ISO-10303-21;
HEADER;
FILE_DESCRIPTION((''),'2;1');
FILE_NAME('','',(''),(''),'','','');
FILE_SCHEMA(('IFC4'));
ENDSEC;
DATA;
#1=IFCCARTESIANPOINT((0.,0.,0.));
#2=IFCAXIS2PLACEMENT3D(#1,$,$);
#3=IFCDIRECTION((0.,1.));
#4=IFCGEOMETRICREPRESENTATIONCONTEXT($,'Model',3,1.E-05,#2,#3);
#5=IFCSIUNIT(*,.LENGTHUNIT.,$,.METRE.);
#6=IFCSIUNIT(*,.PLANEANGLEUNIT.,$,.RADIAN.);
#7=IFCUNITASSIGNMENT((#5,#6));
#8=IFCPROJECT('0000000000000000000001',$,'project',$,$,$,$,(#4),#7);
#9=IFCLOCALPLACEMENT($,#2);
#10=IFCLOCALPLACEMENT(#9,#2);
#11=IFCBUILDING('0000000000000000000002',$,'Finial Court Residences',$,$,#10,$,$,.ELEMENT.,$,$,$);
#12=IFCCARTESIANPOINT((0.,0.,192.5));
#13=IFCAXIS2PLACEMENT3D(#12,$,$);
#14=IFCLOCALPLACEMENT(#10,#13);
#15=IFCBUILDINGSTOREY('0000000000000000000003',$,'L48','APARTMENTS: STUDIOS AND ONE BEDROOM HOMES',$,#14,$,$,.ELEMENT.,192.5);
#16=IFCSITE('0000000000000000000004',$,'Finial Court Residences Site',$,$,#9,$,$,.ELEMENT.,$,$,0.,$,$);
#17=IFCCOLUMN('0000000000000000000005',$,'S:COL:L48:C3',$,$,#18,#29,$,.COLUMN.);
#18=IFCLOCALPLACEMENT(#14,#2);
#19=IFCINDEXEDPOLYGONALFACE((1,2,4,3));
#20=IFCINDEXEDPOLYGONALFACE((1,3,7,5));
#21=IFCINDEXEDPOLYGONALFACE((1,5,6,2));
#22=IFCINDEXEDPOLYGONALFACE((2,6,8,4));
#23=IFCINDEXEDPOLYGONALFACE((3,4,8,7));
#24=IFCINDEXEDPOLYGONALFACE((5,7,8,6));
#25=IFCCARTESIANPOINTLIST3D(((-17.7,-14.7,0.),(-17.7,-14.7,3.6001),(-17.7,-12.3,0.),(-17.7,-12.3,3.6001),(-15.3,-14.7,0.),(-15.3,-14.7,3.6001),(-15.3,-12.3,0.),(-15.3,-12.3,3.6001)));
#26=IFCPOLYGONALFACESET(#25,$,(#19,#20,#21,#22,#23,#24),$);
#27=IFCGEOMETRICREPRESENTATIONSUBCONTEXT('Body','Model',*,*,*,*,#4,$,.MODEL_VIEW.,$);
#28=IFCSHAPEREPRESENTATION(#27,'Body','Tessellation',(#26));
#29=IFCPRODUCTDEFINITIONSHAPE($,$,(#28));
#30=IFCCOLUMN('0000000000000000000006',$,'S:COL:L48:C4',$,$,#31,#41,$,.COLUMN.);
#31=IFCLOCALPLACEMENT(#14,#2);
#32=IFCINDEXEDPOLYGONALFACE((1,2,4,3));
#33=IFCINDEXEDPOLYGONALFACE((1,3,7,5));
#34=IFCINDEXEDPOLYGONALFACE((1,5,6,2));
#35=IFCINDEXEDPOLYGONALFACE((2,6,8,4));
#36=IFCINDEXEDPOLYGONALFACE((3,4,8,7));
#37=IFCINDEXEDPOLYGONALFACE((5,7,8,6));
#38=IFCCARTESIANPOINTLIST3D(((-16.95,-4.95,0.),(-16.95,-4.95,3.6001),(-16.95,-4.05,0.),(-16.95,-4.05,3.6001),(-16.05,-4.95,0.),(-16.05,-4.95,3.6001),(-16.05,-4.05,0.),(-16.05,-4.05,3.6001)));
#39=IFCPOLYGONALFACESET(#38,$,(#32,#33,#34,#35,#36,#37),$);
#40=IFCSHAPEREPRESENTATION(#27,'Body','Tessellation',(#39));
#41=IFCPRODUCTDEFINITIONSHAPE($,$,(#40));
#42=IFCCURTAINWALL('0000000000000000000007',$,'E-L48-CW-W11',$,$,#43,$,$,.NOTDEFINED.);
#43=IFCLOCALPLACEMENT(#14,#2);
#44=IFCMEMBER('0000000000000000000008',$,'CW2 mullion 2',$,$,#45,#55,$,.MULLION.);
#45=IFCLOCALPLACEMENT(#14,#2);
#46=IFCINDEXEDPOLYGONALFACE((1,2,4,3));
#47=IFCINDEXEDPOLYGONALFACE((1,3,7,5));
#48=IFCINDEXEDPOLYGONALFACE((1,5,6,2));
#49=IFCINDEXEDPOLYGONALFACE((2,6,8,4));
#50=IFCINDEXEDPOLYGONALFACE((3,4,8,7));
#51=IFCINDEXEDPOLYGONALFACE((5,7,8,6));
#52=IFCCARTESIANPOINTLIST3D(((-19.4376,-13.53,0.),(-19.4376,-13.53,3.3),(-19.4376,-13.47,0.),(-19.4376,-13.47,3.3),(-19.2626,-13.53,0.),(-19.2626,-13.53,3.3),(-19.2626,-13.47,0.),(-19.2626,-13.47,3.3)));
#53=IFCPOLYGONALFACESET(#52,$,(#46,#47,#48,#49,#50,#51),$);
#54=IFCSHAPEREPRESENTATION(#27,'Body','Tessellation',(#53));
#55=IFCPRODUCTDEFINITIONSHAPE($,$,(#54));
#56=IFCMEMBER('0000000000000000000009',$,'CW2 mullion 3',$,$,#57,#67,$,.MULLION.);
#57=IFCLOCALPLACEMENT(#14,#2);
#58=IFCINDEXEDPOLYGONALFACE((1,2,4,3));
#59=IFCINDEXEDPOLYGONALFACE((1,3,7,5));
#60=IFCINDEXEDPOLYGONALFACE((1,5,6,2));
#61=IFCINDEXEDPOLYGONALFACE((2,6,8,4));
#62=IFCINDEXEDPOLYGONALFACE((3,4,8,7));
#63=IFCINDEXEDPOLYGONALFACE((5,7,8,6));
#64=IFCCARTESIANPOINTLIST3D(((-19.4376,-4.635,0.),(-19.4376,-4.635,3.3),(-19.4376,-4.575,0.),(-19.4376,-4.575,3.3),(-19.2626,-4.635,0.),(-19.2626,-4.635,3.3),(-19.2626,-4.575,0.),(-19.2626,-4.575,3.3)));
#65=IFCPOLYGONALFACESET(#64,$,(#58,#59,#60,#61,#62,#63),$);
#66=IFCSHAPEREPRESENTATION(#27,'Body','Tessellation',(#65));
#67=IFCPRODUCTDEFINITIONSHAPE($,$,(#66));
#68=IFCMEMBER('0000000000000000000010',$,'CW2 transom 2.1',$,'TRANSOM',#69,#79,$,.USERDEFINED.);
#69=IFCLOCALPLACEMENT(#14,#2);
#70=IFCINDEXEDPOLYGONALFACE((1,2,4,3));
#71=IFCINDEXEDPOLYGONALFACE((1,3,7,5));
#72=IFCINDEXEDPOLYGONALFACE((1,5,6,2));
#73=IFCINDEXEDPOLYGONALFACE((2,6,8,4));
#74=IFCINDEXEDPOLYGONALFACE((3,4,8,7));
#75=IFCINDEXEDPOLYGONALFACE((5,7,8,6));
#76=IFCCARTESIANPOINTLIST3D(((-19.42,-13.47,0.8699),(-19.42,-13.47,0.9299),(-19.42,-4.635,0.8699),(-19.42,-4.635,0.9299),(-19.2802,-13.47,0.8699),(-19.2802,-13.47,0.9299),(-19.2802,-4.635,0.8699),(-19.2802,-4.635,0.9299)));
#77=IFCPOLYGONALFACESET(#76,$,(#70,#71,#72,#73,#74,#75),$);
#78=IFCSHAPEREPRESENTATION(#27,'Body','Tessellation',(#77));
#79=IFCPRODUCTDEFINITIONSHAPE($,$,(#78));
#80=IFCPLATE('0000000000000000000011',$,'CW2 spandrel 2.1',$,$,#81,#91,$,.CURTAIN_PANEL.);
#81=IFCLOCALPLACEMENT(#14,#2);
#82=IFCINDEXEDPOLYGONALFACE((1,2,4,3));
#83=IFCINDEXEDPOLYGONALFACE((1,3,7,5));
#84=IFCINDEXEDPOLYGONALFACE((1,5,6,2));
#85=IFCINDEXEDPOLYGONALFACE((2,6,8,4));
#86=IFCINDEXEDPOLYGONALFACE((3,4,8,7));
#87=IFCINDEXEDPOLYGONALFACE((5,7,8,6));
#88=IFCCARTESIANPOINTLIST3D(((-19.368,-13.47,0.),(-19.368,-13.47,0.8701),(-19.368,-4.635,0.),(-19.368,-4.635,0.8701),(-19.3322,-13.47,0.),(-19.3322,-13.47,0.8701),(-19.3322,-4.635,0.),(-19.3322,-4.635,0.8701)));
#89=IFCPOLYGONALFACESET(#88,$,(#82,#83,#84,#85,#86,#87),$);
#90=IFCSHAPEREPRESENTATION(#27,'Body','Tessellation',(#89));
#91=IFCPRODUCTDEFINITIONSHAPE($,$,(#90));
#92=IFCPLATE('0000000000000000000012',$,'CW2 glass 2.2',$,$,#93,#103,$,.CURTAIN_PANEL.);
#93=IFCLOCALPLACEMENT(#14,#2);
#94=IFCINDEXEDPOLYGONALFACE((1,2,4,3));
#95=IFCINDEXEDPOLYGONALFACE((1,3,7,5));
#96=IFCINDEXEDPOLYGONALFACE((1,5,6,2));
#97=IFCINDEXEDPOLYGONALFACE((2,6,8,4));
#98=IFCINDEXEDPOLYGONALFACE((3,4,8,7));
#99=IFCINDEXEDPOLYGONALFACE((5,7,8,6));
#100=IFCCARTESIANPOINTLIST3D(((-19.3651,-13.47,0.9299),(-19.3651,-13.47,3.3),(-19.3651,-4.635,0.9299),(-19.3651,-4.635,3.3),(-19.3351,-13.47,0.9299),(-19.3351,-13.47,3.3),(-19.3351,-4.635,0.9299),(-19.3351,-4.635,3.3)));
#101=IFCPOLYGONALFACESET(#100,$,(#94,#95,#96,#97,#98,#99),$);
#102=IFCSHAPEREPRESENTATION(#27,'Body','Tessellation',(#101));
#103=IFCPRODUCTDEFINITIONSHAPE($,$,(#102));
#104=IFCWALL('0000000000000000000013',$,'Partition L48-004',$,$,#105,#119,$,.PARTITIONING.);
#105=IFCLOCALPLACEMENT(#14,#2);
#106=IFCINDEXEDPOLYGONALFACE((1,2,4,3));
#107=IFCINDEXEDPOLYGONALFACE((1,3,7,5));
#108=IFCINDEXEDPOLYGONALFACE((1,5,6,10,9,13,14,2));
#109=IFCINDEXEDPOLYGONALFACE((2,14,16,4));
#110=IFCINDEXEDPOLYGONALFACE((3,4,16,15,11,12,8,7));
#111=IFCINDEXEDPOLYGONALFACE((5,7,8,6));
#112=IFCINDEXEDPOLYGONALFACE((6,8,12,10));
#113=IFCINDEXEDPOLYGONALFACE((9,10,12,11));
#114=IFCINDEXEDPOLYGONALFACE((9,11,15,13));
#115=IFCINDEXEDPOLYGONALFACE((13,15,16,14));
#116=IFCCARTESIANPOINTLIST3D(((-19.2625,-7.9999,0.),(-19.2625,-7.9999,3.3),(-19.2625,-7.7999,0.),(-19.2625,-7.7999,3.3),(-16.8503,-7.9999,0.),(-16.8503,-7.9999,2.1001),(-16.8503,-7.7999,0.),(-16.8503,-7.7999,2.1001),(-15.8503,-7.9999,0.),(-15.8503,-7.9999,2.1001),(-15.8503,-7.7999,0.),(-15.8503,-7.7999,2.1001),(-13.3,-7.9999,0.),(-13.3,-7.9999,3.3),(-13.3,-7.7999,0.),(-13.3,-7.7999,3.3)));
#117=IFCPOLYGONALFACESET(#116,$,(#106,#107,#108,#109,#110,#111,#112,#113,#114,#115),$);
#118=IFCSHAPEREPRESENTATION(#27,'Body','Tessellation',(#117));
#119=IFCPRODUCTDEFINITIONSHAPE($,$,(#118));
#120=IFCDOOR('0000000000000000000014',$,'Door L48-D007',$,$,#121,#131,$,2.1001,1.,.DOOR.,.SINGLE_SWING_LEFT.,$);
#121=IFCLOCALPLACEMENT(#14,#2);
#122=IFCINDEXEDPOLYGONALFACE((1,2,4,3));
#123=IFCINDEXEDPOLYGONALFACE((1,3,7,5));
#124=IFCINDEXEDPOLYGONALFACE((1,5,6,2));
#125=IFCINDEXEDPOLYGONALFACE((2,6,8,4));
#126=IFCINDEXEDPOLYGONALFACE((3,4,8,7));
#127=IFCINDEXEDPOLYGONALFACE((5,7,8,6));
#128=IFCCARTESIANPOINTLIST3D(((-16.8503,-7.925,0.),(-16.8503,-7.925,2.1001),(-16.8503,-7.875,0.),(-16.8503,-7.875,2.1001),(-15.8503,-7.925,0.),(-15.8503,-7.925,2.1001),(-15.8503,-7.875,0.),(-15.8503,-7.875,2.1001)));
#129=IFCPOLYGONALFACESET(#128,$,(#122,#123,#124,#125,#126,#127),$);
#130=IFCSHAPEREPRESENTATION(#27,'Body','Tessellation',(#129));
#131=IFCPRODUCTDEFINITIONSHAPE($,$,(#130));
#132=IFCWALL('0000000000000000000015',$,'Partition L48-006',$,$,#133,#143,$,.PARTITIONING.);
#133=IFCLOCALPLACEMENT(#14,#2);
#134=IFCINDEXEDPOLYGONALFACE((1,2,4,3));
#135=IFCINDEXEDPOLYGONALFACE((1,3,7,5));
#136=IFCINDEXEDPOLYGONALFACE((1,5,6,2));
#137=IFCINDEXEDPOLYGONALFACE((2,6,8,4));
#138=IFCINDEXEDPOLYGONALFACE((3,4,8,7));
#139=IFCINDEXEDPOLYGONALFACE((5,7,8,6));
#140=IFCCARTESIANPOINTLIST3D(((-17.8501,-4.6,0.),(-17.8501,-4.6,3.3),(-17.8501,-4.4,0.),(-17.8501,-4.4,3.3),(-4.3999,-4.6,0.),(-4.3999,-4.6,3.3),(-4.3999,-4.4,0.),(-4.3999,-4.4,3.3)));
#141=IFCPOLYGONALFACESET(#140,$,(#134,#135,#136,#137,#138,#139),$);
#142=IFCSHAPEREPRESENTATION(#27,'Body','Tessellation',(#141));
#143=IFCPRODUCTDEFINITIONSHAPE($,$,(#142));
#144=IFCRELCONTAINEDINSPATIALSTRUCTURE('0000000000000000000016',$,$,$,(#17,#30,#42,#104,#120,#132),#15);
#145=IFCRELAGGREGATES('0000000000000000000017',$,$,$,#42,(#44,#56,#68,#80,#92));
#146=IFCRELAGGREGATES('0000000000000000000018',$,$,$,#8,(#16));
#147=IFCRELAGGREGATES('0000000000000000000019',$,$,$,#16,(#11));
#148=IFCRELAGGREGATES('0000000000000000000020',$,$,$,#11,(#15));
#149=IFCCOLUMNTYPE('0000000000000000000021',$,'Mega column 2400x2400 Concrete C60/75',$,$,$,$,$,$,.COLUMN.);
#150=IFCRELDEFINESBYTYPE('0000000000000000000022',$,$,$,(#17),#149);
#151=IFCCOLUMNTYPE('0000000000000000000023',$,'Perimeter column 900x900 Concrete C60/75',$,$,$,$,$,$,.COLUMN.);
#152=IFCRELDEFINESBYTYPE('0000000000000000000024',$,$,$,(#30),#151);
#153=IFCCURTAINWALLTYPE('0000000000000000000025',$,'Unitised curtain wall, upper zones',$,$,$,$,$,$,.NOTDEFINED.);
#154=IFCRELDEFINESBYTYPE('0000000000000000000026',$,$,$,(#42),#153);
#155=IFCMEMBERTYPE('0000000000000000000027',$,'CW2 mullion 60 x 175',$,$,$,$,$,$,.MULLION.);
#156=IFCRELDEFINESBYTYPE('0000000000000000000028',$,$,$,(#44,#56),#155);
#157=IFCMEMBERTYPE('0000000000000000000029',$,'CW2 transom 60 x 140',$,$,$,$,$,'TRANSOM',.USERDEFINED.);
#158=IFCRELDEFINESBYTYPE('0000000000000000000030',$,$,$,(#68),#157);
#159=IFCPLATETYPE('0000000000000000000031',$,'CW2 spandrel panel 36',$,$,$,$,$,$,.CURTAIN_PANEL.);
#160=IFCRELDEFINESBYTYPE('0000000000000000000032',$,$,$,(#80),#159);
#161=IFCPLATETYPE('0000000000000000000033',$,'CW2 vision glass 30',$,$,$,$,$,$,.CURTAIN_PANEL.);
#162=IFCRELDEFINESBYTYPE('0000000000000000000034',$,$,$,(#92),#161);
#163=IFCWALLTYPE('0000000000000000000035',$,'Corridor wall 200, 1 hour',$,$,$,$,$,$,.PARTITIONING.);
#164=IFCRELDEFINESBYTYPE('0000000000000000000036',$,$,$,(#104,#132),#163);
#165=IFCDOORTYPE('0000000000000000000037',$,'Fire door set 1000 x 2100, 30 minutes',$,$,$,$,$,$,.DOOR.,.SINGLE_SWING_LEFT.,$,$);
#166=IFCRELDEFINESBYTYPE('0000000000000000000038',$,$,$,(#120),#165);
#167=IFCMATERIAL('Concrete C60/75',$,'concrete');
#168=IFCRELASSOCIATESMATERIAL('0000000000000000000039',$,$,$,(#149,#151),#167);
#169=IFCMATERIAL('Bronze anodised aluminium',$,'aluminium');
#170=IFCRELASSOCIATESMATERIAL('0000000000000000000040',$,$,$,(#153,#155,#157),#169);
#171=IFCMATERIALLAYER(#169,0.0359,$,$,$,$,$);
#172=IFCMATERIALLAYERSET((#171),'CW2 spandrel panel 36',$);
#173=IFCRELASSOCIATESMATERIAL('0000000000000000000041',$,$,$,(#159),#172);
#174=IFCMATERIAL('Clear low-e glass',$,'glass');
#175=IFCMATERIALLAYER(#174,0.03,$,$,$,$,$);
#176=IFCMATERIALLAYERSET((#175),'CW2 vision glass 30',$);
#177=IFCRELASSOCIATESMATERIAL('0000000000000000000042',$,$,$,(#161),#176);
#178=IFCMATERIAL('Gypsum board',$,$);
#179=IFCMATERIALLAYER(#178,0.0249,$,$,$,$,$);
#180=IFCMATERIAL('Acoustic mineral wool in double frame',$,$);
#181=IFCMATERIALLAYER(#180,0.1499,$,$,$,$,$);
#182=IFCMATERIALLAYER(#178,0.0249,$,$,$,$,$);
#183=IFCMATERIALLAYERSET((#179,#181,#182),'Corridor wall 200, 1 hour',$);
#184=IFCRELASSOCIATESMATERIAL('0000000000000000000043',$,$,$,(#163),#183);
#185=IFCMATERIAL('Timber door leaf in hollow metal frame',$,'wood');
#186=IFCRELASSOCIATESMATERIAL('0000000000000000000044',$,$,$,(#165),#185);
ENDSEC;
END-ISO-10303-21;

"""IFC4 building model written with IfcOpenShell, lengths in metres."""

from ifc_helpers import new_model, si_unit, direction, frame, frame_2d, origin, origin_2d, place, context, subcontext, project, spatial, rectangle, extrude, material, layer, layer_set, material_profile, profile_set, type_object, element, fill, aggregate, save


model = new_model("IFC4")

# Units and contexts
model_context = context("Model", 3, precision=1e-05, world=origin(), true_north=direction((0.0, 1.0)))
body_context = subcontext(model_context, "Body", "Model", "MODEL_VIEW")
ifc_project = project(units=[si_unit("LENGTHUNIT", "METRE"), si_unit("PLANEANGLEUNIT", "RADIAN")], contexts=[model_context])

# Site, building, storey
site_placement = place(None, origin())
site = spatial("IfcSite", under=ifc_project, at=site_placement, Name="Finial Court Residences Site", CompositionType="ELEMENT", RefElevation=0.0)
building_placement = place(site_placement, origin())
building = spatial("IfcBuilding", under=site, at=building_placement, Name="Finial Court Residences", CompositionType="ELEMENT")
storey_placement = place(building_placement, frame((0.0, 0.0, 192.5)))
storey = spatial("IfcBuildingStorey", under=building, at=storey_placement, Name="L48", Description="APARTMENTS: STUDIOS AND ONE BEDROOM HOMES", CompositionType="ELEMENT", Elevation=192.5)

# Columns
ifc_material_1 = material(Name="Concrete C60/75", Category="concrete")
ifc_material_profile_1 = material_profile(ifc_material_1, rectangle(XDim=2.3999, YDim=2.3999, at=origin_2d()), Name="2400x2400")
ifc_profile_set_1 = profile_set([ifc_material_profile_1], Name="Concrete C60/75")
column_type_1 = type_object("IfcColumnType", Name="Mega column 2400x2400 Concrete C60/75", PredefinedType="COLUMN", material=ifc_profile_set_1)
column_1_placement = place(storey_placement, frame((-16.5, -13.5, 0.0), z_axis=(0.0, 0.0, 1.0), x_axis=(1.0, 0.0, 0.0)))
element("IfcColumn", 1, at=column_1_placement, inside=storey, type_object=column_type_1, Name="S:COL:L48:C3", PredefinedType="COLUMN", context=body_context, shape_type="SweptSolid", body=[
    extrude(rectangle(XDim=2.3999, YDim=2.3999, at=origin_2d()), origin(), (0.0, 0.0, 1.0), 3.6001),
])
ifc_material_profile_2 = material_profile(ifc_material_1, rectangle(XDim=0.8999, YDim=0.8999, at=origin_2d()), Name="900x900")
ifc_profile_set_2 = profile_set([ifc_material_profile_2], Name="Concrete C60/75")
column_type_2 = type_object("IfcColumnType", Name="Perimeter column 900x900 Concrete C60/75", PredefinedType="COLUMN", material=ifc_profile_set_2)
column_2_placement = place(storey_placement, frame((-16.5, -4.5, 0.0), z_axis=(0.0, 0.0, 1.0), x_axis=(1.0, 0.0, 0.0)))
element("IfcColumn", 2, at=column_2_placement, inside=storey, type_object=column_type_2, Name="S:COL:L48:C4", PredefinedType="COLUMN", context=body_context, shape_type="SweptSolid", body=[
    extrude(rectangle(XDim=0.8999, YDim=0.8999, at=origin_2d()), origin(), (0.0, 0.0, 1.0), 3.6001),
])

# Curtain wall, members, plates
ifc_material_2 = material(Name="Bronze anodised aluminium", Category="aluminium")
curtain_wall_type = type_object("IfcCurtainWallType", Name="Unitised curtain wall, upper zones", PredefinedType="NOTDEFINED", material=ifc_material_2)
curtain_wall_placement = place(storey_placement, origin())
curtain_wall = element("IfcCurtainWall", 3, at=curtain_wall_placement, inside=storey, type_object=curtain_wall_type, Name="E-L48-CW-W11", PredefinedType="NOTDEFINED")
ifc_material_profile_3 = material_profile(ifc_material_2, rectangle(XDim=0.175, YDim=0.0601, at=origin_2d()), Name="CW2 mullion 60 x 175")
ifc_profile_set_3 = profile_set([ifc_material_profile_3], Name="Bronze anodised aluminium")
member_type_1 = type_object("IfcMemberType", Name="CW2 mullion 60 x 175", PredefinedType="MULLION", material=ifc_profile_set_3)
member_1_placement = place(storey_placement, frame((-19.3501, -13.5, 0.0), z_axis=(0.0, 0.0, 1.0), x_axis=(-1.0, 0.0, 0.0)))
member_1 = element("IfcMember", 4, at=member_1_placement, type_object=member_type_1, Name="CW2 mullion 2", PredefinedType="MULLION", context=body_context, shape_type="SweptSolid", body=[
    extrude(rectangle(XDim=0.175, YDim=0.0601, at=origin_2d()), origin(), (0.0, 0.0, 1.0), 3.3),
])
member_2_placement = place(storey_placement, frame((-19.3501, -4.605, 0.0), z_axis=(0.0, 0.0, 1.0), x_axis=(-1.0, 0.0, 0.0)))
member_2 = element("IfcMember", 5, at=member_2_placement, type_object=member_type_1, Name="CW2 mullion 3", PredefinedType="MULLION", context=body_context, shape_type="SweptSolid", body=[
    extrude(rectangle(XDim=0.175, YDim=0.0601, at=origin_2d()), origin(), (0.0, 0.0, 1.0), 3.3),
])
ifc_material_profile_4 = material_profile(ifc_material_2, rectangle(XDim=0.1399, YDim=0.0601, at=origin_2d()), Name="CW2 transom 60 x 140")
ifc_profile_set_4 = profile_set([ifc_material_profile_4], Name="Bronze anodised aluminium")
member_type_2 = type_object("IfcMemberType", Name="CW2 transom 60 x 140", ElementType="TRANSOM", PredefinedType="USERDEFINED", material=ifc_profile_set_4)
member_3_placement = place(storey_placement, frame((-19.3501, -13.47, 0.8999), z_axis=(0.0, 1.0, 0.0), x_axis=(-1.0, 0.0, 0.0)))
member_3 = element("IfcMember", 6, at=member_3_placement, type_object=member_type_2, Name="CW2 transom 2.1", ObjectType="TRANSOM", PredefinedType="USERDEFINED", context=body_context, shape_type="SweptSolid", body=[
    extrude(rectangle(XDim=0.1399, YDim=0.0601, at=origin_2d()), origin(), (0.0, 0.0, 1.0), 8.835),
])
ifc_layer_1 = layer(ifc_material_2, 0.0359)
ifc_layer_set_1 = layer_set([ifc_layer_1], Name="CW2 spandrel panel 36")
plate_type_1 = type_object("IfcPlateType", Name="CW2 spandrel panel 36", PredefinedType="CURTAIN_PANEL", material=ifc_layer_set_1)
plate_1_placement = place(storey_placement, frame((-19.3501, -9.0525, 0.0), z_axis=(0.0, 0.0, 1.0), x_axis=(0.0, 1.0, 0.0)))
plate_1 = element("IfcPlate", 7, at=plate_1_placement, type_object=plate_type_1, Name="CW2 spandrel 2.1", PredefinedType="CURTAIN_PANEL", context=body_context, shape_type="SweptSolid", body=[
    extrude(rectangle(XDim=8.835, YDim=0.0359, at=origin_2d()), origin(), (0.0, 0.0, 1.0), 0.8701),
])
ifc_material_3 = material(Name="Clear low-e glass", Category="glass")
ifc_layer_2 = layer(ifc_material_3, 0.03)
ifc_layer_set_2 = layer_set([ifc_layer_2], Name="CW2 vision glass 30")
plate_type_2 = type_object("IfcPlateType", Name="CW2 vision glass 30", PredefinedType="CURTAIN_PANEL", material=ifc_layer_set_2)
plate_2_placement = place(storey_placement, frame((-19.3501, -9.0525, 0.9299), z_axis=(0.0, 0.0, 1.0), x_axis=(0.0, 1.0, 0.0)))
plate_2 = element("IfcPlate", 8, at=plate_2_placement, type_object=plate_type_2, Name="CW2 glass 2.2", PredefinedType="CURTAIN_PANEL", context=body_context, shape_type="SweptSolid", body=[
    extrude(rectangle(XDim=8.835, YDim=0.03, at=origin_2d()), origin(), (0.0, 0.0, 1.0), 2.3701),
])
aggregate(curtain_wall, [member_1, member_2, member_3, plate_1, plate_2])

# Wall, opening, door
ifc_material_4 = material(Name="Gypsum board")
ifc_layer_3 = layer(ifc_material_4, 0.0249)
ifc_material_5 = material(Name="Acoustic mineral wool in double frame")
ifc_layer_4 = layer(ifc_material_5, 0.1499)
ifc_layer_5 = layer(ifc_material_4, 0.0249)
ifc_layer_set_3 = layer_set([ifc_layer_3, ifc_layer_4, ifc_layer_5], Name="Corridor wall 200, 1 hour")
wall_type_1 = type_object("IfcWallType", Name="Corridor wall 200, 1 hour", PredefinedType="PARTITIONING", material=ifc_layer_set_3)
wall_1_placement = place(storey_placement, frame((-19.2625, -7.8999, 0.0), z_axis=(0.0, 0.0, 1.0), x_axis=(1.0, 0.0, 0.0)))
wall_1 = element("IfcWall", 9, at=wall_1_placement, inside=storey, type_object=wall_type_1, Name="Partition L48-004", PredefinedType="PARTITIONING", context=body_context, shape_type="SweptSolid", body=[
    extrude(rectangle(XDim=5.9624, YDim=0.2, at=frame_2d((2.9812, 0.0))), origin(), (0.0, 0.0, 1.0), 3.3),
])
opening_1_placement = place(wall_1_placement, frame((2.4121, 0.0, 0.0)))
opening_1 = element("IfcOpeningElement", 10, at=opening_1_placement, cuts=wall_1, PredefinedType="OPENING", context=body_context, shape_type="SweptSolid", body=[
    extrude(rectangle(XDim=1.0, YDim=2.1001, at=frame_2d((0.5, 1.05))), frame((0.0, 0.1099, 0.0), z_axis=(0.0, -1.0, 0.0), x_axis=(1.0, 0.0, 0.0)), (0.0, 0.0, 1.0), 0.22),
])
ifc_material_6 = material(Name="Timber door leaf in hollow metal frame", Category="wood")
door_type_1 = type_object("IfcDoorType", Name="Fire door set 1000 x 2100, 30 minutes", OperationType="SINGLE_SWING_LEFT", PredefinedType="DOOR", material=ifc_material_6)
door_1_placement = place(opening_1_placement, origin())
door_1 = element("IfcDoor", 11, at=door_1_placement, inside=storey, type_object=door_type_1, Name="Door L48-D007", OperationType="SINGLE_SWING_LEFT", OverallHeight=2.1001, OverallWidth=1.0, PredefinedType="DOOR", context=body_context, shape_type="SweptSolid", body=[
    extrude(rectangle(XDim=1.0, YDim=2.1001, at=frame_2d((0.5, 1.05))), frame((0.0, 0.0249, 0.0), z_axis=(0.0, -1.0, 0.0), x_axis=(1.0, 0.0, 0.0)), (0.0, 0.0, 1.0), 0.05),
])
fill(opening_1, door_1)

# Wall
wall_2_placement = place(storey_placement, frame((-17.8501, -4.5, 0.0), z_axis=(0.0, 0.0, 1.0), x_axis=(1.0, 0.0, 0.0)))
element("IfcWall", 12, at=wall_2_placement, inside=storey, type_object=wall_type_1, Name="Partition L48-006", PredefinedType="PARTITIONING", context=body_context, shape_type="SweptSolid", body=[
    extrude(rectangle(XDim=13.4502, YDim=0.2, at=frame_2d((6.7251, 0.0))), origin(), (0.0, 0.0, 1.0), 3.3),
])

save(model, "model.ifc")
